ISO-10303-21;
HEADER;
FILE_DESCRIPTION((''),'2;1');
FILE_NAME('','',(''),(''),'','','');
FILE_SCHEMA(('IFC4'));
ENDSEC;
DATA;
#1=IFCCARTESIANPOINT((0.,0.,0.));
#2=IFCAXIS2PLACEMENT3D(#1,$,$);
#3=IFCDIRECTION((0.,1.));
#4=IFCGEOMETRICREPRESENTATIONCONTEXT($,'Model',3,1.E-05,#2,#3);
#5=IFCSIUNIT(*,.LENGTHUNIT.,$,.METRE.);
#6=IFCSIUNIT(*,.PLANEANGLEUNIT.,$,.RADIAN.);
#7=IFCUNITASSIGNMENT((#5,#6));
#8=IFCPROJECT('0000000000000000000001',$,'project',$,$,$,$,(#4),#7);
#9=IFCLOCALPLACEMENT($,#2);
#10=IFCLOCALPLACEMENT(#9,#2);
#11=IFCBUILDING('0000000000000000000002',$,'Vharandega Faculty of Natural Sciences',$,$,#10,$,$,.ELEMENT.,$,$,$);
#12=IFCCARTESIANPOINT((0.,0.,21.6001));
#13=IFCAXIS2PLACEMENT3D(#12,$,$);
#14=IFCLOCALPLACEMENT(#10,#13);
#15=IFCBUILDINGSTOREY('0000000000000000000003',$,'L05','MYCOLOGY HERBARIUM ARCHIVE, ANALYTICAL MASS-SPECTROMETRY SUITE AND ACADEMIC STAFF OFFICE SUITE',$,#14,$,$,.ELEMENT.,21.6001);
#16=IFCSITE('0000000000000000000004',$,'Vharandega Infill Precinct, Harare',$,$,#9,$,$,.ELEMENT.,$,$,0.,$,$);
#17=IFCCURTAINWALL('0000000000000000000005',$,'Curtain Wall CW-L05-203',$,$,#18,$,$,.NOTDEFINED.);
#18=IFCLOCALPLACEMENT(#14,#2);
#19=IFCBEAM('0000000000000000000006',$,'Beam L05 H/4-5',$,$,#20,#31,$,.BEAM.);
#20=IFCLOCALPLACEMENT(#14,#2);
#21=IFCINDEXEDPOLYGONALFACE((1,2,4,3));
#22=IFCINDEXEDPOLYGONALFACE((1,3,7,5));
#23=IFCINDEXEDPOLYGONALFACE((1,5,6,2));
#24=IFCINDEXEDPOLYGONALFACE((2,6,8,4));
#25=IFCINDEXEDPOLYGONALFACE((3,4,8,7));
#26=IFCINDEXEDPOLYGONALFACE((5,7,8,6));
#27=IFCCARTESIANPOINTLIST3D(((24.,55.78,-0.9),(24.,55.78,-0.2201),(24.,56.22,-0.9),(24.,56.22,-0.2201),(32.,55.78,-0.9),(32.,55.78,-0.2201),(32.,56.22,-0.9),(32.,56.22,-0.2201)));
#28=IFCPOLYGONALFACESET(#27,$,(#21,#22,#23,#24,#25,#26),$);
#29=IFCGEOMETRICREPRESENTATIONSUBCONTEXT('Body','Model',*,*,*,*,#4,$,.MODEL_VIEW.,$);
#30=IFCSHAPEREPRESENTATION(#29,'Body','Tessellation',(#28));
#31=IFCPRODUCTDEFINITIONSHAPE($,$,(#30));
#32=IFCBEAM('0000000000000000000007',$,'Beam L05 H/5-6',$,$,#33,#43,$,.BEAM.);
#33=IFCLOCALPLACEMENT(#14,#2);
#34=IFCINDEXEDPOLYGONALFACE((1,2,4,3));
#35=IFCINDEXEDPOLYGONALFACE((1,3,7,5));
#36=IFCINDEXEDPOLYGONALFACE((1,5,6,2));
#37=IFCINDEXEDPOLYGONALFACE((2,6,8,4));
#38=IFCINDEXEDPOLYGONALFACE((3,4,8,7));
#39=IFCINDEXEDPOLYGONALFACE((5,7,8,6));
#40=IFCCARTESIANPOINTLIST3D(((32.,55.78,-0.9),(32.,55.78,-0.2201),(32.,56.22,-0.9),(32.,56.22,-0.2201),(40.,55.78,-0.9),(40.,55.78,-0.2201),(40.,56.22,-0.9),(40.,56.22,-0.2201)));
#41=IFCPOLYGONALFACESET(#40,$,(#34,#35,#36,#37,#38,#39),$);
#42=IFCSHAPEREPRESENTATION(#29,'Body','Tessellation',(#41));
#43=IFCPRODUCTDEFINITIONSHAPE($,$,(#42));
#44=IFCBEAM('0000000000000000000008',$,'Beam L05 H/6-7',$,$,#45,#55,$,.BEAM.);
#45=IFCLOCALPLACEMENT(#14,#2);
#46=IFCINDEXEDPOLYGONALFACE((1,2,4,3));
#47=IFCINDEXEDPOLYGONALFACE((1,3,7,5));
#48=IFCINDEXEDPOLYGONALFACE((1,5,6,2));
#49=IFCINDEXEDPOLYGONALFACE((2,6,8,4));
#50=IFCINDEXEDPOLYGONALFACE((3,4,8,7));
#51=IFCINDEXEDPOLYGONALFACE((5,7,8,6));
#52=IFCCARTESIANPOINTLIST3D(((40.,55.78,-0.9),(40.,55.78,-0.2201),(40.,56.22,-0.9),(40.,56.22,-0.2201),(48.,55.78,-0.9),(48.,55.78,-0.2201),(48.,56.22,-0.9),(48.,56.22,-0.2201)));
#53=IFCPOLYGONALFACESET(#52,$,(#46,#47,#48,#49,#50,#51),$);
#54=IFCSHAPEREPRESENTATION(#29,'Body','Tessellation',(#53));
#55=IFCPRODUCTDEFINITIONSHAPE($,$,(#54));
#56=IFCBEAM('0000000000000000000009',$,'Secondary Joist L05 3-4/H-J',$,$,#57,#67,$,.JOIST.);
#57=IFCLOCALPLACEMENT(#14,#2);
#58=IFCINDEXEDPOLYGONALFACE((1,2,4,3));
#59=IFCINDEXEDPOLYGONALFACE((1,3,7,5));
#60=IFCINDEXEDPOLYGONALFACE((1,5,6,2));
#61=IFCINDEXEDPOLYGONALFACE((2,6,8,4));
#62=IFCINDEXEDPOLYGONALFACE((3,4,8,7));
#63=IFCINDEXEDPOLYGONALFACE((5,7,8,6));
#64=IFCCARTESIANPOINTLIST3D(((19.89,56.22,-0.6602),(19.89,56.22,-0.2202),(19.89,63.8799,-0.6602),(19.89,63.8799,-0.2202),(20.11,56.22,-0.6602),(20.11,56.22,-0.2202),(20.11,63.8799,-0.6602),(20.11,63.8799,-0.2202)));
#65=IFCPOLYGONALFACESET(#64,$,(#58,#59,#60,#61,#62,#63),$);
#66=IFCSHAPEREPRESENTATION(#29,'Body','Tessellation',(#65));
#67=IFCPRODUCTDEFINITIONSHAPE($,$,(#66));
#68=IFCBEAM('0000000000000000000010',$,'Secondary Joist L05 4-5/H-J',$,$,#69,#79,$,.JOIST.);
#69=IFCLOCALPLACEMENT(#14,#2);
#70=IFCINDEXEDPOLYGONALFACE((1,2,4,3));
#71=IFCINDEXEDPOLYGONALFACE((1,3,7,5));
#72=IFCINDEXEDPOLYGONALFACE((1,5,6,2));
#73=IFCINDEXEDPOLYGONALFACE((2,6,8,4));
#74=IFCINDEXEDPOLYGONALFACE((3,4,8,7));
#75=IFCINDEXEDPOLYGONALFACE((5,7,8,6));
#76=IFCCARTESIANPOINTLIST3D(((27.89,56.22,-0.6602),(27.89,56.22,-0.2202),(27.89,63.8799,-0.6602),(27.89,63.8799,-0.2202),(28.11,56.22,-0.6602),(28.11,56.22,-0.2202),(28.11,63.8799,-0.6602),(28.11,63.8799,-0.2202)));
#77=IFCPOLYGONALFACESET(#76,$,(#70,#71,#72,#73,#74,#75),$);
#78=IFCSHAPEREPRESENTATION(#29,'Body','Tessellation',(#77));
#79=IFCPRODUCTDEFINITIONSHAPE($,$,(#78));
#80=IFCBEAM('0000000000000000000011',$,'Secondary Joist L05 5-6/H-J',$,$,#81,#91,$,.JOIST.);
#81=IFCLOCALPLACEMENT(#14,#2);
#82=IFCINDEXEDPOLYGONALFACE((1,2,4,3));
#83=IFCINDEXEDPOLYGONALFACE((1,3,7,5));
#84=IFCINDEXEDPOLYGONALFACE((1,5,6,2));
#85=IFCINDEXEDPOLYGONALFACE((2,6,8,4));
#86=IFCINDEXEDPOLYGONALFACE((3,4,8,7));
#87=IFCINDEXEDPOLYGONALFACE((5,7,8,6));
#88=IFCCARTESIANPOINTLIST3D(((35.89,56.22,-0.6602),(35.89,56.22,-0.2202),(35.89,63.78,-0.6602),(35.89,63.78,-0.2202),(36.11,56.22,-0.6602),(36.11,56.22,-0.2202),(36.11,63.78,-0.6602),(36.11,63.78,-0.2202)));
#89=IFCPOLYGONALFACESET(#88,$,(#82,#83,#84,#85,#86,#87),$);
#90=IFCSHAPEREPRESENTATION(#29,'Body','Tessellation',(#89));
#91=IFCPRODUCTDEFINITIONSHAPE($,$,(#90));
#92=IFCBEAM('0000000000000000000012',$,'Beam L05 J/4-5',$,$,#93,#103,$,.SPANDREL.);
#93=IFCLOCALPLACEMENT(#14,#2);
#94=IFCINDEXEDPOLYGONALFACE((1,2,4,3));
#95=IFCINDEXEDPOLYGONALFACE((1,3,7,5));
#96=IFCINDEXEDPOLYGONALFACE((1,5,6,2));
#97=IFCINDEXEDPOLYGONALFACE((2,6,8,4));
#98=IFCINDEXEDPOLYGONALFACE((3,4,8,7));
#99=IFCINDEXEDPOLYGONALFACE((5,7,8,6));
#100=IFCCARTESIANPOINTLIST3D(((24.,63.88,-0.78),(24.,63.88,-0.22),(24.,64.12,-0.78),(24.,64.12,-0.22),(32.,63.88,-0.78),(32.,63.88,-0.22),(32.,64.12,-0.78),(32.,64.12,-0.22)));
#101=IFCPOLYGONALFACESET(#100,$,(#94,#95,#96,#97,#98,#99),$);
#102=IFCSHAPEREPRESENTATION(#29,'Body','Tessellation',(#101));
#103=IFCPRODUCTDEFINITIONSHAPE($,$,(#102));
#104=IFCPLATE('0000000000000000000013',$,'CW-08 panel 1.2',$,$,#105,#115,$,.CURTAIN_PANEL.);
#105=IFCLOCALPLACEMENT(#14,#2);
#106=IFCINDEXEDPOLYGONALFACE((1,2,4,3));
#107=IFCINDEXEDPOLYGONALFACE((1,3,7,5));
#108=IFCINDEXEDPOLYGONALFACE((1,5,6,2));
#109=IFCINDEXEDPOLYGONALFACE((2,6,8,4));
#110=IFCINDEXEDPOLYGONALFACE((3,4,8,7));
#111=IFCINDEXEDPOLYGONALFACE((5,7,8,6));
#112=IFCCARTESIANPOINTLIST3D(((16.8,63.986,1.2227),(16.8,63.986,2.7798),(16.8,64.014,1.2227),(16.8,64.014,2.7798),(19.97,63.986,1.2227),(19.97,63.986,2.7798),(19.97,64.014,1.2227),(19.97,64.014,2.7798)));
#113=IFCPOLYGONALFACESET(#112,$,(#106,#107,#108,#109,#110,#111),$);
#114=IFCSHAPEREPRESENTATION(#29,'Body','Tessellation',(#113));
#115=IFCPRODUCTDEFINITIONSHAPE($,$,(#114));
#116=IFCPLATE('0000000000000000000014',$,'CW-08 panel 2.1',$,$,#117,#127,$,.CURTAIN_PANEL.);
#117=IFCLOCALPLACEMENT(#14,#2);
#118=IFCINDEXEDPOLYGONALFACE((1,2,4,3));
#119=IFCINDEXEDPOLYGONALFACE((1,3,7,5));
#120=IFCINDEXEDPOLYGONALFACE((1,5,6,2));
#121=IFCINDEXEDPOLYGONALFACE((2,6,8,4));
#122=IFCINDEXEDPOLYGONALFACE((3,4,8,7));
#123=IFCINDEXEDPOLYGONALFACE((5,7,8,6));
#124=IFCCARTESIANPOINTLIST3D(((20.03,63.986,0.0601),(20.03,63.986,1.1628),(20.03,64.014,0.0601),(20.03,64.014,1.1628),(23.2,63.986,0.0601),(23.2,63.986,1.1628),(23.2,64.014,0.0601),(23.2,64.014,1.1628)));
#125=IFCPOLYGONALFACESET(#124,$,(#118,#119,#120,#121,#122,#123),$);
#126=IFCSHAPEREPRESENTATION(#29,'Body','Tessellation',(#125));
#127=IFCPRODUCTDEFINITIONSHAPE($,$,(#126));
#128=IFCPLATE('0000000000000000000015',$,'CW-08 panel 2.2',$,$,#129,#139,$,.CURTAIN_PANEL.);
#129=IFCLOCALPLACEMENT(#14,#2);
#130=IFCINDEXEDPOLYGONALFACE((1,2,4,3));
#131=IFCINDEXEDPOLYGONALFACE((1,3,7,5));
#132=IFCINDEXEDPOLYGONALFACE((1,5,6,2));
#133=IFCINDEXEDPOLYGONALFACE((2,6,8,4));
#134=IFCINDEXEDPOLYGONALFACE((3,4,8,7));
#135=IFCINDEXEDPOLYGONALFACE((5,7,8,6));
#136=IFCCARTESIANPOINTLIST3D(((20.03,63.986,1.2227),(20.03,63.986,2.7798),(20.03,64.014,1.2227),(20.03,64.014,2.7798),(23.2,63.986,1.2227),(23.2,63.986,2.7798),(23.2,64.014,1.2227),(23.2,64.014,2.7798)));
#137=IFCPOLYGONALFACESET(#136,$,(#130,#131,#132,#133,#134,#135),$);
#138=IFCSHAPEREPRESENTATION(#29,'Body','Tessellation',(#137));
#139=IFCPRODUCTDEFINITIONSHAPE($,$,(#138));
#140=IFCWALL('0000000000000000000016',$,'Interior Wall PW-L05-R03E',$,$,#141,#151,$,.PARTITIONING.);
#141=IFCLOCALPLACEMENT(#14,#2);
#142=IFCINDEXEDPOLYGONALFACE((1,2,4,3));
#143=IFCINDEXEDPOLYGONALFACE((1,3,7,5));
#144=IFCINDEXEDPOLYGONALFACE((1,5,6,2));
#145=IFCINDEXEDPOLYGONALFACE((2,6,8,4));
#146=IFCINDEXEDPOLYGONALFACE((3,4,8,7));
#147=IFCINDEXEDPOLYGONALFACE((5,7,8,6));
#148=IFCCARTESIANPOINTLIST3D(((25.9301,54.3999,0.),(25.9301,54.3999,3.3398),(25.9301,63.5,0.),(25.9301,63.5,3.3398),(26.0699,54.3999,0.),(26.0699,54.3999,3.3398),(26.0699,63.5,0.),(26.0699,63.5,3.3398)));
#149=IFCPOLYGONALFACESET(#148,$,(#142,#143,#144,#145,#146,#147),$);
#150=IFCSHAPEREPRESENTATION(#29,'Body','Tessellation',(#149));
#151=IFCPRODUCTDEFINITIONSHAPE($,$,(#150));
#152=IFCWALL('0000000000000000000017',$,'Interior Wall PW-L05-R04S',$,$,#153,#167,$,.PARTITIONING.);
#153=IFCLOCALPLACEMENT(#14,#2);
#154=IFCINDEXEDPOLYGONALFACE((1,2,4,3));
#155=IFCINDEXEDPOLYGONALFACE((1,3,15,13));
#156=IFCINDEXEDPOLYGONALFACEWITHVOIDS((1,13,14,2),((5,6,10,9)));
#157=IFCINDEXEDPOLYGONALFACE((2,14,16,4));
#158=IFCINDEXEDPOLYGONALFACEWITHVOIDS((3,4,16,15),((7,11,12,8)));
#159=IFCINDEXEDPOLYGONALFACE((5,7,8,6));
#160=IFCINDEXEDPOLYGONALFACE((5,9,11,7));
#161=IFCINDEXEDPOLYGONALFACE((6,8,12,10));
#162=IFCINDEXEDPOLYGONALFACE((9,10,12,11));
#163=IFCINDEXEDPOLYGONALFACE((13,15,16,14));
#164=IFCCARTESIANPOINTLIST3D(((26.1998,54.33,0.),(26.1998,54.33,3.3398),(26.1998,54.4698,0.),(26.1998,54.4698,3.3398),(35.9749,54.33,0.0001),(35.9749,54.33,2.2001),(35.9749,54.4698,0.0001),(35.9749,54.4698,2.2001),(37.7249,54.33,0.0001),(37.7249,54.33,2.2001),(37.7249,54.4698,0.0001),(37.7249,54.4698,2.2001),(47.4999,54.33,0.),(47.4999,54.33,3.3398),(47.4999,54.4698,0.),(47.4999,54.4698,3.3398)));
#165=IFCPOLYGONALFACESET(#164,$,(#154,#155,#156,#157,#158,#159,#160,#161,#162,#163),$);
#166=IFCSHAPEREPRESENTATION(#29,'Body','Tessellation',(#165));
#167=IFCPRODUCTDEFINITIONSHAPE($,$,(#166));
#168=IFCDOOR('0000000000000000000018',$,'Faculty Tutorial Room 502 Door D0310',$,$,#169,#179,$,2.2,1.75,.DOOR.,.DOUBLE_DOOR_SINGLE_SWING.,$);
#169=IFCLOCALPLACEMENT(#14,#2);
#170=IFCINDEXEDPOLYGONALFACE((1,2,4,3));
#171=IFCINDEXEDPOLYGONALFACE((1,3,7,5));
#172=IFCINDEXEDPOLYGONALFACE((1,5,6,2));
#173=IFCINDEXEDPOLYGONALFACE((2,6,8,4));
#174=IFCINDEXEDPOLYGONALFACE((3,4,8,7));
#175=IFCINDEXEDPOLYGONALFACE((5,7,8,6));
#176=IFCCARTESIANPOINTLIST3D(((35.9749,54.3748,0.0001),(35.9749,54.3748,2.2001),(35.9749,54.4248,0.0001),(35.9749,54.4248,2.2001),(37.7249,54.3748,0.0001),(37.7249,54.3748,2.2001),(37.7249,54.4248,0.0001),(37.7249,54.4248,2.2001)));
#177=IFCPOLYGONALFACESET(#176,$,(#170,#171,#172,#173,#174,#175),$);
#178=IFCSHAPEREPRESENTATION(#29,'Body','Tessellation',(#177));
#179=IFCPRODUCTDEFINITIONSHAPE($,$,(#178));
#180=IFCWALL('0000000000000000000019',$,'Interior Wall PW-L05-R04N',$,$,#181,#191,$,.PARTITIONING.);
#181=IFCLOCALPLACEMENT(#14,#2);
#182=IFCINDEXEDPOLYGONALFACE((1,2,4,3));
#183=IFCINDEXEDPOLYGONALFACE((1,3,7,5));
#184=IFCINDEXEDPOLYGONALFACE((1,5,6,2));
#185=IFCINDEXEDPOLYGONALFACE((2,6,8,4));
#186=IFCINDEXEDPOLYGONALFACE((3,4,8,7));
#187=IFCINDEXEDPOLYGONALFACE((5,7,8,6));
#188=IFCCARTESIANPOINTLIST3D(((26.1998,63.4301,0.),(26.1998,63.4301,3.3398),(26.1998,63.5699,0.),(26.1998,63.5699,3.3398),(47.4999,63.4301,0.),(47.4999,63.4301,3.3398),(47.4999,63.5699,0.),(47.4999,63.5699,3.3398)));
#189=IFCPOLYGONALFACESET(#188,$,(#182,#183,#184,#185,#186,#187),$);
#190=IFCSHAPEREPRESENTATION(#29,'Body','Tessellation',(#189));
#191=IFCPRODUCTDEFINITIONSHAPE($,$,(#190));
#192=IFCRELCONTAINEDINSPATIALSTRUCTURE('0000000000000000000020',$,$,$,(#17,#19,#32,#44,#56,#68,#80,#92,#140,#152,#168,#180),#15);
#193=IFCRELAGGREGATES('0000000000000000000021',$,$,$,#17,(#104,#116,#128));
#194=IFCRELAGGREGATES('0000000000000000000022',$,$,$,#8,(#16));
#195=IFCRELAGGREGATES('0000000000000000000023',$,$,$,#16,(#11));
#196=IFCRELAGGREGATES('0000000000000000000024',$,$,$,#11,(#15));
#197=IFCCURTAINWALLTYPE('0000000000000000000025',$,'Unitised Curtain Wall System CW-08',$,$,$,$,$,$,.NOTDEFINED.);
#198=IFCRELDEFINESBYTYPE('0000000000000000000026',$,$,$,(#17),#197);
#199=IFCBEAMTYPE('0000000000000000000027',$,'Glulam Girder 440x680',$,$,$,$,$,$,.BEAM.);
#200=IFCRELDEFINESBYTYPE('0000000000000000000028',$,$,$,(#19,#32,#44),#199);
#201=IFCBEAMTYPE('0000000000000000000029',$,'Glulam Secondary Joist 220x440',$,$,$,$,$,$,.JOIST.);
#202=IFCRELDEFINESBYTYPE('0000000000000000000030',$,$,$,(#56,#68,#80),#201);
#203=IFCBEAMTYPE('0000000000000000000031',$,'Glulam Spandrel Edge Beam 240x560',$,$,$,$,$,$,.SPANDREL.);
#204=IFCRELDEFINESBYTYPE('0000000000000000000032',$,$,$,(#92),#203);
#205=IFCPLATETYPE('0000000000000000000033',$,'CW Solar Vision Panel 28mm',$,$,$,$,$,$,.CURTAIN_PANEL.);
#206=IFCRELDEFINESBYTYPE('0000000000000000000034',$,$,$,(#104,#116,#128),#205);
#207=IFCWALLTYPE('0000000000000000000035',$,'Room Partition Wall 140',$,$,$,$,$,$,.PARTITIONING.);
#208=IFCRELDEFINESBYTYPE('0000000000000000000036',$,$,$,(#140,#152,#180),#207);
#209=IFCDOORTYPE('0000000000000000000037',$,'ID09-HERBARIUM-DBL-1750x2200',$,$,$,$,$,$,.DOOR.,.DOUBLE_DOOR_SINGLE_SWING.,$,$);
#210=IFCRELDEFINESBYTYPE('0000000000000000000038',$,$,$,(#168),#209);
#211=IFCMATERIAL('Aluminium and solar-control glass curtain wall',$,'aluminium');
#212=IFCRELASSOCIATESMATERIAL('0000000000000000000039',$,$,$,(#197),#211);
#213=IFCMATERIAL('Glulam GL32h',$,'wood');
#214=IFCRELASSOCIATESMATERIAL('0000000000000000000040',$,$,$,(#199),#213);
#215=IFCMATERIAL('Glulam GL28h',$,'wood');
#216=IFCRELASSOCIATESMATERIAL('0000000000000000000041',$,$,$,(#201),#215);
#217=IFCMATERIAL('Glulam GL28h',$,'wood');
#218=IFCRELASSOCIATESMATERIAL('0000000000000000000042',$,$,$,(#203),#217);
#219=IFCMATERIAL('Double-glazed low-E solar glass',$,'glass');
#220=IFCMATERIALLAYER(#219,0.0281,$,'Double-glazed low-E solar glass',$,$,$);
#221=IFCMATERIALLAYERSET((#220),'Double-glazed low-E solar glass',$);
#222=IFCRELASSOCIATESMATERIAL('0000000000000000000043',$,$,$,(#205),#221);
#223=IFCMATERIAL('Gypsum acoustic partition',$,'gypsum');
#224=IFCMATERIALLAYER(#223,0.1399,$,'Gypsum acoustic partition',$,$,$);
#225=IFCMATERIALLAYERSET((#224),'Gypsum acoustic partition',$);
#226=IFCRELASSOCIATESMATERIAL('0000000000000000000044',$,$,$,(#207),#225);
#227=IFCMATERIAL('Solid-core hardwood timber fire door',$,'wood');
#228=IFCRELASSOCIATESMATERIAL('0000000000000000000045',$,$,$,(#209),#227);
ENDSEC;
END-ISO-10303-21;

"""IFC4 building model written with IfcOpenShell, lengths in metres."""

from ifc_helpers import new_model, si_unit, direction, frame, frame_2d, origin, origin_2d, place, context, subcontext, project, spatial, rectangle, extrude, material, layer, layer_set, material_profile, profile_set, type_object, element, fill, aggregate, save


model = new_model("IFC4")

# Units and contexts
model_context = context("Model", 3, precision=1e-05, world=origin(), true_north=direction((0.0, 1.0)))
body_context = subcontext(model_context, "Body", "Model", "MODEL_VIEW")
ifc_project = project(units=[si_unit("LENGTHUNIT", "METRE"), si_unit("PLANEANGLEUNIT", "RADIAN")], contexts=[model_context])

# Site, building, storey
site_placement = place(None, origin())
site = spatial("IfcSite", under=ifc_project, at=site_placement, Name="Vharandega Infill Precinct, Harare", CompositionType="ELEMENT", RefElevation=0.0)
building_placement = place(site_placement, origin())
building = spatial("IfcBuilding", under=site, at=building_placement, Name="Vharandega Faculty of Natural Sciences", CompositionType="ELEMENT")
storey_placement = place(building_placement, frame((0.0, 0.0, 21.6001)))
storey = spatial("IfcBuildingStorey", under=building, at=storey_placement, Name="L05", Description="MYCOLOGY HERBARIUM ARCHIVE, ANALYTICAL MASS-SPECTROMETRY SUITE AND ACADEMIC STAFF OFFICE SUITE", CompositionType="ELEMENT", Elevation=21.6001)

# Curtain wall
ifc_material_1 = material(Name="Aluminium and solar-control glass curtain wall", Category="aluminium")
curtain_wall_type_1 = type_object("IfcCurtainWallType", Name="Unitised Curtain Wall System CW-08", PredefinedType="NOTDEFINED", material=ifc_material_1)
curtain_wall_1_placement = place(storey_placement, origin())
curtain_wall_1 = element("IfcCurtainWall", 1, at=curtain_wall_1_placement, inside=storey, type_object=curtain_wall_type_1, Name="Curtain Wall CW-L05-203", PredefinedType="NOTDEFINED")

# Beams
ifc_material_2 = material(Name="Glulam GL32h", Category="wood")
ifc_material_profile_1 = material_profile(ifc_material_2, rectangle(XDim=0.4399, YDim=0.6799, at=origin_2d()), Name="GL32h 440x680")
ifc_profile_set_1 = profile_set([ifc_material_profile_1], Name="Glulam GL32h")
beam_type_1 = type_object("IfcBeamType", Name="Glulam Girder 440x680", PredefinedType="BEAM", material=ifc_profile_set_1)
for number, where, z_axis, x_axis, name in (
    (2, (24.0, 56.0, -0.5601), (1.0, 0.0, 0.0), (0.0, 1.0, 0.0), "Beam L05 H/4-5"),
    (3, (32.0, 56.0, -0.5601), (1.0, 0.0, 0.0), (0.0, 1.0, 0.0), "Beam L05 H/5-6"),
    (4, (40.0, 56.0, -0.5601), (1.0, 0.0, 0.0), (0.0, 1.0, 0.0), "Beam L05 H/6-7"),
):
    element("IfcBeam", number, at=place(storey_placement, frame(where, z_axis=z_axis, x_axis=x_axis)), inside=storey, type_object=beam_type_1, Name=name, PredefinedType="BEAM", context=body_context, shape_type="SweptSolid", body=[
        extrude(rectangle(XDim=0.4399, YDim=0.6799, at=origin_2d()), origin(), (0.0, 0.0, 1.0), 8.0),
    ])
ifc_material_3 = material(Name="Glulam GL28h", Category="wood")
ifc_material_profile_2 = material_profile(ifc_material_3, rectangle(XDim=0.22, YDim=0.4399, at=origin_2d()), Name="GL28h 220x440")
ifc_profile_set_2 = profile_set([ifc_material_profile_2], Name="Glulam GL28h")
beam_type_2 = type_object("IfcBeamType", Name="Glulam Secondary Joist 220x440", PredefinedType="JOIST", material=ifc_profile_set_2)
for number, where, z_axis, x_axis, name in (
    (5, (20.0, 56.22, -0.4402), (0.0, 1.0, 0.0), (-1.0, 0.0, 0.0), "Secondary Joist L05 3-4/H-J"),
    (6, (28.0, 56.22, -0.4402), (0.0, 1.0, 0.0), (-1.0, 0.0, 0.0), "Secondary Joist L05 4-5/H-J"),
):
    element("IfcBeam", number, at=place(storey_placement, frame(where, z_axis=z_axis, x_axis=x_axis)), inside=storey, type_object=beam_type_2, Name=name, PredefinedType="JOIST", context=body_context, shape_type="SweptSolid", body=[
        extrude(rectangle(XDim=0.22, YDim=0.4399, at=origin_2d()), origin(), (0.0, 0.0, 1.0), 7.6599),
    ])
beam_1_placement = place(storey_placement, frame((36.0, 56.22, -0.4402), z_axis=(0.0, 1.0, 0.0), x_axis=(-1.0, 0.0, 0.0)))
element("IfcBeam", 7, at=beam_1_placement, inside=storey, type_object=beam_type_2, Name="Secondary Joist L05 5-6/H-J", PredefinedType="JOIST", context=body_context, shape_type="SweptSolid", body=[
    extrude(rectangle(XDim=0.22, YDim=0.4399, at=origin_2d()), origin(), (0.0, 0.0, 1.0), 7.5601),
])
ifc_material_4 = material(Name="Glulam GL28h", Category="wood")
ifc_material_profile_3 = material_profile(ifc_material_4, rectangle(XDim=0.24, YDim=0.5601, at=origin_2d()), Name="GL28h 240x560")
ifc_profile_set_3 = profile_set([ifc_material_profile_3], Name="Glulam GL28h")
beam_type_3 = type_object("IfcBeamType", Name="Glulam Spandrel Edge Beam 240x560", PredefinedType="SPANDREL", material=ifc_profile_set_3)
beam_2_placement = place(storey_placement, frame((24.0, 64.0, -0.5), z_axis=(1.0, 0.0, 0.0), x_axis=(0.0, 1.0, 0.0)))
element("IfcBeam", 8, at=beam_2_placement, inside=storey, type_object=beam_type_3, Name="Beam L05 J/4-5", PredefinedType="SPANDREL", context=body_context, shape_type="SweptSolid", body=[
    extrude(rectangle(XDim=0.24, YDim=0.5601, at=origin_2d()), origin(), (0.0, 0.0, 1.0), 8.0),
])

# Plates
ifc_material_5 = material(Name="Double-glazed low-E solar glass", Category="glass")
ifc_layer_1 = layer(ifc_material_5, 0.0281, Name="Double-glazed low-E solar glass")
ifc_layer_set_1 = layer_set([ifc_layer_1], Name="Double-glazed low-E solar glass")
plate_type = type_object("IfcPlateType", Name="CW Solar Vision Panel 28mm", PredefinedType="CURTAIN_PANEL", material=ifc_layer_set_1)
plate_1_placement = place(storey_placement, frame((18.385, 64.0, 1.2227), z_axis=(0.0, 0.0, 1.0), x_axis=(1.0, 0.0, 0.0)))
plate_1 = element("IfcPlate", 9, at=plate_1_placement, type_object=plate_type, Name="CW-08 panel 1.2", PredefinedType="CURTAIN_PANEL", context=body_context, shape_type="SweptSolid", body=[
    extrude(rectangle(XDim=3.1699, YDim=0.0281, at=origin_2d()), origin(), (0.0, 0.0, 1.0), 1.5571),
])
plate_2_placement = place(storey_placement, frame((21.615, 64.0, 0.0601), z_axis=(0.0, 0.0, 1.0), x_axis=(1.0, 0.0, 0.0)))
plate_2 = element("IfcPlate", 10, at=plate_2_placement, type_object=plate_type, Name="CW-08 panel 2.1", PredefinedType="CURTAIN_PANEL", context=body_context, shape_type="SweptSolid", body=[
    extrude(rectangle(XDim=3.1699, YDim=0.0281, at=origin_2d()), origin(), (0.0, 0.0, 1.0), 1.1028),
])
plate_3_placement = place(storey_placement, frame((21.615, 64.0, 1.2227), z_axis=(0.0, 0.0, 1.0), x_axis=(1.0, 0.0, 0.0)))
plate_3 = element("IfcPlate", 11, at=plate_3_placement, type_object=plate_type, Name="CW-08 panel 2.2", PredefinedType="CURTAIN_PANEL", context=body_context, shape_type="SweptSolid", body=[
    extrude(rectangle(XDim=3.1699, YDim=0.0281, at=origin_2d()), origin(), (0.0, 0.0, 1.0), 1.5571),
])
aggregate(curtain_wall_1, [plate_1, plate_2, plate_3])

# Wall
ifc_material_6 = material(Name="Gypsum acoustic partition", Category="gypsum")
ifc_layer_2 = layer(ifc_material_6, 0.1399, Name="Gypsum acoustic partition")
ifc_layer_set_2 = layer_set([ifc_layer_2], Name="Gypsum acoustic partition")
wall_type = type_object("IfcWallType", Name="Room Partition Wall 140", PredefinedType="PARTITIONING", material=ifc_layer_set_2)
wall_1_placement = place(storey_placement, frame((26.0, 54.3999, 0.0), z_axis=(0.0, 0.0, 1.0), x_axis=(0.0, 1.0, 0.0)))
element("IfcWall", 12, at=wall_1_placement, inside=storey, type_object=wall_type, Name="Interior Wall PW-L05-R03E", PredefinedType="PARTITIONING", context=body_context, shape_type="SweptSolid", body=[
    extrude(rectangle(XDim=9.1001, YDim=0.1399, at=frame_2d((4.55, 0.0))), origin(), (0.0, 0.0, 1.0), 3.3398),
])

# Wall, opening, door
wall_2_placement = place(storey_placement, frame((26.2, 54.3999, 0.0), z_axis=(0.0, 0.0, 1.0), x_axis=(1.0, 0.0, 0.0)))
wall_2 = element("IfcWall", 13, at=wall_2_placement, inside=storey, type_object=wall_type, Name="Interior Wall PW-L05-R04S", PredefinedType="PARTITIONING", context=body_context, shape_type="SweptSolid", body=[
    extrude(rectangle(XDim=21.3, YDim=0.1399, at=frame_2d((10.6499, 0.0))), origin(), (0.0, 0.0, 1.0), 3.3398),
])
opening_placement = place(wall_2_placement, frame((9.7749, 0.0, 0.0)))
opening = element("IfcOpeningElement", 14, at=opening_placement, cuts=wall_2, PredefinedType="OPENING", context=body_context, shape_type="SweptSolid", body=[
    extrude(rectangle(XDim=1.75, YDim=2.2, at=frame_2d((0.875, 1.1001))), frame((0.0, 0.0801, 0.0), z_axis=(0.0, -1.0, 0.0), x_axis=(1.0, 0.0, 0.0)), (0.0, 0.0, 1.0), 0.1599),
])
ifc_material_7 = material(Name="Solid-core hardwood timber fire door", Category="wood")
door_type = type_object("IfcDoorType", Name="ID09-HERBARIUM-DBL-1750x2200", OperationType="DOUBLE_DOOR_SINGLE_SWING", PredefinedType="DOOR", material=ifc_material_7)
door_placement = place(opening_placement, origin())
door = element("IfcDoor", 15, at=door_placement, inside=storey, type_object=door_type, Name="Faculty Tutorial Room 502 Door D0310", OperationType="DOUBLE_DOOR_SINGLE_SWING", OverallHeight=2.2, OverallWidth=1.75, PredefinedType="DOOR", context=body_context, shape_type="SweptSolid", body=[
    extrude(rectangle(XDim=1.75, YDim=2.2, at=frame_2d((0.875, 1.1001))), frame((0.0, 0.0249, 0.0), z_axis=(0.0, -1.0, 0.0), x_axis=(1.0, 0.0, 0.0)), (0.0, 0.0, 1.0), 0.05),
])
fill(opening, door)

# Wall
wall_3_placement = place(storey_placement, frame((26.2, 63.5, 0.0), z_axis=(0.0, 0.0, 1.0), x_axis=(1.0, 0.0, 0.0)))
element("IfcWall", 16, at=wall_3_placement, inside=storey, type_object=wall_type, Name="Interior Wall PW-L05-R04N", PredefinedType="PARTITIONING", context=body_context, shape_type="SweptSolid", body=[
    extrude(rectangle(XDim=21.3, YDim=0.1399, at=frame_2d((10.6499, 0.0))), origin(), (0.0, 0.0, 1.0), 3.3398),
])

save(model, "model.ifc")
